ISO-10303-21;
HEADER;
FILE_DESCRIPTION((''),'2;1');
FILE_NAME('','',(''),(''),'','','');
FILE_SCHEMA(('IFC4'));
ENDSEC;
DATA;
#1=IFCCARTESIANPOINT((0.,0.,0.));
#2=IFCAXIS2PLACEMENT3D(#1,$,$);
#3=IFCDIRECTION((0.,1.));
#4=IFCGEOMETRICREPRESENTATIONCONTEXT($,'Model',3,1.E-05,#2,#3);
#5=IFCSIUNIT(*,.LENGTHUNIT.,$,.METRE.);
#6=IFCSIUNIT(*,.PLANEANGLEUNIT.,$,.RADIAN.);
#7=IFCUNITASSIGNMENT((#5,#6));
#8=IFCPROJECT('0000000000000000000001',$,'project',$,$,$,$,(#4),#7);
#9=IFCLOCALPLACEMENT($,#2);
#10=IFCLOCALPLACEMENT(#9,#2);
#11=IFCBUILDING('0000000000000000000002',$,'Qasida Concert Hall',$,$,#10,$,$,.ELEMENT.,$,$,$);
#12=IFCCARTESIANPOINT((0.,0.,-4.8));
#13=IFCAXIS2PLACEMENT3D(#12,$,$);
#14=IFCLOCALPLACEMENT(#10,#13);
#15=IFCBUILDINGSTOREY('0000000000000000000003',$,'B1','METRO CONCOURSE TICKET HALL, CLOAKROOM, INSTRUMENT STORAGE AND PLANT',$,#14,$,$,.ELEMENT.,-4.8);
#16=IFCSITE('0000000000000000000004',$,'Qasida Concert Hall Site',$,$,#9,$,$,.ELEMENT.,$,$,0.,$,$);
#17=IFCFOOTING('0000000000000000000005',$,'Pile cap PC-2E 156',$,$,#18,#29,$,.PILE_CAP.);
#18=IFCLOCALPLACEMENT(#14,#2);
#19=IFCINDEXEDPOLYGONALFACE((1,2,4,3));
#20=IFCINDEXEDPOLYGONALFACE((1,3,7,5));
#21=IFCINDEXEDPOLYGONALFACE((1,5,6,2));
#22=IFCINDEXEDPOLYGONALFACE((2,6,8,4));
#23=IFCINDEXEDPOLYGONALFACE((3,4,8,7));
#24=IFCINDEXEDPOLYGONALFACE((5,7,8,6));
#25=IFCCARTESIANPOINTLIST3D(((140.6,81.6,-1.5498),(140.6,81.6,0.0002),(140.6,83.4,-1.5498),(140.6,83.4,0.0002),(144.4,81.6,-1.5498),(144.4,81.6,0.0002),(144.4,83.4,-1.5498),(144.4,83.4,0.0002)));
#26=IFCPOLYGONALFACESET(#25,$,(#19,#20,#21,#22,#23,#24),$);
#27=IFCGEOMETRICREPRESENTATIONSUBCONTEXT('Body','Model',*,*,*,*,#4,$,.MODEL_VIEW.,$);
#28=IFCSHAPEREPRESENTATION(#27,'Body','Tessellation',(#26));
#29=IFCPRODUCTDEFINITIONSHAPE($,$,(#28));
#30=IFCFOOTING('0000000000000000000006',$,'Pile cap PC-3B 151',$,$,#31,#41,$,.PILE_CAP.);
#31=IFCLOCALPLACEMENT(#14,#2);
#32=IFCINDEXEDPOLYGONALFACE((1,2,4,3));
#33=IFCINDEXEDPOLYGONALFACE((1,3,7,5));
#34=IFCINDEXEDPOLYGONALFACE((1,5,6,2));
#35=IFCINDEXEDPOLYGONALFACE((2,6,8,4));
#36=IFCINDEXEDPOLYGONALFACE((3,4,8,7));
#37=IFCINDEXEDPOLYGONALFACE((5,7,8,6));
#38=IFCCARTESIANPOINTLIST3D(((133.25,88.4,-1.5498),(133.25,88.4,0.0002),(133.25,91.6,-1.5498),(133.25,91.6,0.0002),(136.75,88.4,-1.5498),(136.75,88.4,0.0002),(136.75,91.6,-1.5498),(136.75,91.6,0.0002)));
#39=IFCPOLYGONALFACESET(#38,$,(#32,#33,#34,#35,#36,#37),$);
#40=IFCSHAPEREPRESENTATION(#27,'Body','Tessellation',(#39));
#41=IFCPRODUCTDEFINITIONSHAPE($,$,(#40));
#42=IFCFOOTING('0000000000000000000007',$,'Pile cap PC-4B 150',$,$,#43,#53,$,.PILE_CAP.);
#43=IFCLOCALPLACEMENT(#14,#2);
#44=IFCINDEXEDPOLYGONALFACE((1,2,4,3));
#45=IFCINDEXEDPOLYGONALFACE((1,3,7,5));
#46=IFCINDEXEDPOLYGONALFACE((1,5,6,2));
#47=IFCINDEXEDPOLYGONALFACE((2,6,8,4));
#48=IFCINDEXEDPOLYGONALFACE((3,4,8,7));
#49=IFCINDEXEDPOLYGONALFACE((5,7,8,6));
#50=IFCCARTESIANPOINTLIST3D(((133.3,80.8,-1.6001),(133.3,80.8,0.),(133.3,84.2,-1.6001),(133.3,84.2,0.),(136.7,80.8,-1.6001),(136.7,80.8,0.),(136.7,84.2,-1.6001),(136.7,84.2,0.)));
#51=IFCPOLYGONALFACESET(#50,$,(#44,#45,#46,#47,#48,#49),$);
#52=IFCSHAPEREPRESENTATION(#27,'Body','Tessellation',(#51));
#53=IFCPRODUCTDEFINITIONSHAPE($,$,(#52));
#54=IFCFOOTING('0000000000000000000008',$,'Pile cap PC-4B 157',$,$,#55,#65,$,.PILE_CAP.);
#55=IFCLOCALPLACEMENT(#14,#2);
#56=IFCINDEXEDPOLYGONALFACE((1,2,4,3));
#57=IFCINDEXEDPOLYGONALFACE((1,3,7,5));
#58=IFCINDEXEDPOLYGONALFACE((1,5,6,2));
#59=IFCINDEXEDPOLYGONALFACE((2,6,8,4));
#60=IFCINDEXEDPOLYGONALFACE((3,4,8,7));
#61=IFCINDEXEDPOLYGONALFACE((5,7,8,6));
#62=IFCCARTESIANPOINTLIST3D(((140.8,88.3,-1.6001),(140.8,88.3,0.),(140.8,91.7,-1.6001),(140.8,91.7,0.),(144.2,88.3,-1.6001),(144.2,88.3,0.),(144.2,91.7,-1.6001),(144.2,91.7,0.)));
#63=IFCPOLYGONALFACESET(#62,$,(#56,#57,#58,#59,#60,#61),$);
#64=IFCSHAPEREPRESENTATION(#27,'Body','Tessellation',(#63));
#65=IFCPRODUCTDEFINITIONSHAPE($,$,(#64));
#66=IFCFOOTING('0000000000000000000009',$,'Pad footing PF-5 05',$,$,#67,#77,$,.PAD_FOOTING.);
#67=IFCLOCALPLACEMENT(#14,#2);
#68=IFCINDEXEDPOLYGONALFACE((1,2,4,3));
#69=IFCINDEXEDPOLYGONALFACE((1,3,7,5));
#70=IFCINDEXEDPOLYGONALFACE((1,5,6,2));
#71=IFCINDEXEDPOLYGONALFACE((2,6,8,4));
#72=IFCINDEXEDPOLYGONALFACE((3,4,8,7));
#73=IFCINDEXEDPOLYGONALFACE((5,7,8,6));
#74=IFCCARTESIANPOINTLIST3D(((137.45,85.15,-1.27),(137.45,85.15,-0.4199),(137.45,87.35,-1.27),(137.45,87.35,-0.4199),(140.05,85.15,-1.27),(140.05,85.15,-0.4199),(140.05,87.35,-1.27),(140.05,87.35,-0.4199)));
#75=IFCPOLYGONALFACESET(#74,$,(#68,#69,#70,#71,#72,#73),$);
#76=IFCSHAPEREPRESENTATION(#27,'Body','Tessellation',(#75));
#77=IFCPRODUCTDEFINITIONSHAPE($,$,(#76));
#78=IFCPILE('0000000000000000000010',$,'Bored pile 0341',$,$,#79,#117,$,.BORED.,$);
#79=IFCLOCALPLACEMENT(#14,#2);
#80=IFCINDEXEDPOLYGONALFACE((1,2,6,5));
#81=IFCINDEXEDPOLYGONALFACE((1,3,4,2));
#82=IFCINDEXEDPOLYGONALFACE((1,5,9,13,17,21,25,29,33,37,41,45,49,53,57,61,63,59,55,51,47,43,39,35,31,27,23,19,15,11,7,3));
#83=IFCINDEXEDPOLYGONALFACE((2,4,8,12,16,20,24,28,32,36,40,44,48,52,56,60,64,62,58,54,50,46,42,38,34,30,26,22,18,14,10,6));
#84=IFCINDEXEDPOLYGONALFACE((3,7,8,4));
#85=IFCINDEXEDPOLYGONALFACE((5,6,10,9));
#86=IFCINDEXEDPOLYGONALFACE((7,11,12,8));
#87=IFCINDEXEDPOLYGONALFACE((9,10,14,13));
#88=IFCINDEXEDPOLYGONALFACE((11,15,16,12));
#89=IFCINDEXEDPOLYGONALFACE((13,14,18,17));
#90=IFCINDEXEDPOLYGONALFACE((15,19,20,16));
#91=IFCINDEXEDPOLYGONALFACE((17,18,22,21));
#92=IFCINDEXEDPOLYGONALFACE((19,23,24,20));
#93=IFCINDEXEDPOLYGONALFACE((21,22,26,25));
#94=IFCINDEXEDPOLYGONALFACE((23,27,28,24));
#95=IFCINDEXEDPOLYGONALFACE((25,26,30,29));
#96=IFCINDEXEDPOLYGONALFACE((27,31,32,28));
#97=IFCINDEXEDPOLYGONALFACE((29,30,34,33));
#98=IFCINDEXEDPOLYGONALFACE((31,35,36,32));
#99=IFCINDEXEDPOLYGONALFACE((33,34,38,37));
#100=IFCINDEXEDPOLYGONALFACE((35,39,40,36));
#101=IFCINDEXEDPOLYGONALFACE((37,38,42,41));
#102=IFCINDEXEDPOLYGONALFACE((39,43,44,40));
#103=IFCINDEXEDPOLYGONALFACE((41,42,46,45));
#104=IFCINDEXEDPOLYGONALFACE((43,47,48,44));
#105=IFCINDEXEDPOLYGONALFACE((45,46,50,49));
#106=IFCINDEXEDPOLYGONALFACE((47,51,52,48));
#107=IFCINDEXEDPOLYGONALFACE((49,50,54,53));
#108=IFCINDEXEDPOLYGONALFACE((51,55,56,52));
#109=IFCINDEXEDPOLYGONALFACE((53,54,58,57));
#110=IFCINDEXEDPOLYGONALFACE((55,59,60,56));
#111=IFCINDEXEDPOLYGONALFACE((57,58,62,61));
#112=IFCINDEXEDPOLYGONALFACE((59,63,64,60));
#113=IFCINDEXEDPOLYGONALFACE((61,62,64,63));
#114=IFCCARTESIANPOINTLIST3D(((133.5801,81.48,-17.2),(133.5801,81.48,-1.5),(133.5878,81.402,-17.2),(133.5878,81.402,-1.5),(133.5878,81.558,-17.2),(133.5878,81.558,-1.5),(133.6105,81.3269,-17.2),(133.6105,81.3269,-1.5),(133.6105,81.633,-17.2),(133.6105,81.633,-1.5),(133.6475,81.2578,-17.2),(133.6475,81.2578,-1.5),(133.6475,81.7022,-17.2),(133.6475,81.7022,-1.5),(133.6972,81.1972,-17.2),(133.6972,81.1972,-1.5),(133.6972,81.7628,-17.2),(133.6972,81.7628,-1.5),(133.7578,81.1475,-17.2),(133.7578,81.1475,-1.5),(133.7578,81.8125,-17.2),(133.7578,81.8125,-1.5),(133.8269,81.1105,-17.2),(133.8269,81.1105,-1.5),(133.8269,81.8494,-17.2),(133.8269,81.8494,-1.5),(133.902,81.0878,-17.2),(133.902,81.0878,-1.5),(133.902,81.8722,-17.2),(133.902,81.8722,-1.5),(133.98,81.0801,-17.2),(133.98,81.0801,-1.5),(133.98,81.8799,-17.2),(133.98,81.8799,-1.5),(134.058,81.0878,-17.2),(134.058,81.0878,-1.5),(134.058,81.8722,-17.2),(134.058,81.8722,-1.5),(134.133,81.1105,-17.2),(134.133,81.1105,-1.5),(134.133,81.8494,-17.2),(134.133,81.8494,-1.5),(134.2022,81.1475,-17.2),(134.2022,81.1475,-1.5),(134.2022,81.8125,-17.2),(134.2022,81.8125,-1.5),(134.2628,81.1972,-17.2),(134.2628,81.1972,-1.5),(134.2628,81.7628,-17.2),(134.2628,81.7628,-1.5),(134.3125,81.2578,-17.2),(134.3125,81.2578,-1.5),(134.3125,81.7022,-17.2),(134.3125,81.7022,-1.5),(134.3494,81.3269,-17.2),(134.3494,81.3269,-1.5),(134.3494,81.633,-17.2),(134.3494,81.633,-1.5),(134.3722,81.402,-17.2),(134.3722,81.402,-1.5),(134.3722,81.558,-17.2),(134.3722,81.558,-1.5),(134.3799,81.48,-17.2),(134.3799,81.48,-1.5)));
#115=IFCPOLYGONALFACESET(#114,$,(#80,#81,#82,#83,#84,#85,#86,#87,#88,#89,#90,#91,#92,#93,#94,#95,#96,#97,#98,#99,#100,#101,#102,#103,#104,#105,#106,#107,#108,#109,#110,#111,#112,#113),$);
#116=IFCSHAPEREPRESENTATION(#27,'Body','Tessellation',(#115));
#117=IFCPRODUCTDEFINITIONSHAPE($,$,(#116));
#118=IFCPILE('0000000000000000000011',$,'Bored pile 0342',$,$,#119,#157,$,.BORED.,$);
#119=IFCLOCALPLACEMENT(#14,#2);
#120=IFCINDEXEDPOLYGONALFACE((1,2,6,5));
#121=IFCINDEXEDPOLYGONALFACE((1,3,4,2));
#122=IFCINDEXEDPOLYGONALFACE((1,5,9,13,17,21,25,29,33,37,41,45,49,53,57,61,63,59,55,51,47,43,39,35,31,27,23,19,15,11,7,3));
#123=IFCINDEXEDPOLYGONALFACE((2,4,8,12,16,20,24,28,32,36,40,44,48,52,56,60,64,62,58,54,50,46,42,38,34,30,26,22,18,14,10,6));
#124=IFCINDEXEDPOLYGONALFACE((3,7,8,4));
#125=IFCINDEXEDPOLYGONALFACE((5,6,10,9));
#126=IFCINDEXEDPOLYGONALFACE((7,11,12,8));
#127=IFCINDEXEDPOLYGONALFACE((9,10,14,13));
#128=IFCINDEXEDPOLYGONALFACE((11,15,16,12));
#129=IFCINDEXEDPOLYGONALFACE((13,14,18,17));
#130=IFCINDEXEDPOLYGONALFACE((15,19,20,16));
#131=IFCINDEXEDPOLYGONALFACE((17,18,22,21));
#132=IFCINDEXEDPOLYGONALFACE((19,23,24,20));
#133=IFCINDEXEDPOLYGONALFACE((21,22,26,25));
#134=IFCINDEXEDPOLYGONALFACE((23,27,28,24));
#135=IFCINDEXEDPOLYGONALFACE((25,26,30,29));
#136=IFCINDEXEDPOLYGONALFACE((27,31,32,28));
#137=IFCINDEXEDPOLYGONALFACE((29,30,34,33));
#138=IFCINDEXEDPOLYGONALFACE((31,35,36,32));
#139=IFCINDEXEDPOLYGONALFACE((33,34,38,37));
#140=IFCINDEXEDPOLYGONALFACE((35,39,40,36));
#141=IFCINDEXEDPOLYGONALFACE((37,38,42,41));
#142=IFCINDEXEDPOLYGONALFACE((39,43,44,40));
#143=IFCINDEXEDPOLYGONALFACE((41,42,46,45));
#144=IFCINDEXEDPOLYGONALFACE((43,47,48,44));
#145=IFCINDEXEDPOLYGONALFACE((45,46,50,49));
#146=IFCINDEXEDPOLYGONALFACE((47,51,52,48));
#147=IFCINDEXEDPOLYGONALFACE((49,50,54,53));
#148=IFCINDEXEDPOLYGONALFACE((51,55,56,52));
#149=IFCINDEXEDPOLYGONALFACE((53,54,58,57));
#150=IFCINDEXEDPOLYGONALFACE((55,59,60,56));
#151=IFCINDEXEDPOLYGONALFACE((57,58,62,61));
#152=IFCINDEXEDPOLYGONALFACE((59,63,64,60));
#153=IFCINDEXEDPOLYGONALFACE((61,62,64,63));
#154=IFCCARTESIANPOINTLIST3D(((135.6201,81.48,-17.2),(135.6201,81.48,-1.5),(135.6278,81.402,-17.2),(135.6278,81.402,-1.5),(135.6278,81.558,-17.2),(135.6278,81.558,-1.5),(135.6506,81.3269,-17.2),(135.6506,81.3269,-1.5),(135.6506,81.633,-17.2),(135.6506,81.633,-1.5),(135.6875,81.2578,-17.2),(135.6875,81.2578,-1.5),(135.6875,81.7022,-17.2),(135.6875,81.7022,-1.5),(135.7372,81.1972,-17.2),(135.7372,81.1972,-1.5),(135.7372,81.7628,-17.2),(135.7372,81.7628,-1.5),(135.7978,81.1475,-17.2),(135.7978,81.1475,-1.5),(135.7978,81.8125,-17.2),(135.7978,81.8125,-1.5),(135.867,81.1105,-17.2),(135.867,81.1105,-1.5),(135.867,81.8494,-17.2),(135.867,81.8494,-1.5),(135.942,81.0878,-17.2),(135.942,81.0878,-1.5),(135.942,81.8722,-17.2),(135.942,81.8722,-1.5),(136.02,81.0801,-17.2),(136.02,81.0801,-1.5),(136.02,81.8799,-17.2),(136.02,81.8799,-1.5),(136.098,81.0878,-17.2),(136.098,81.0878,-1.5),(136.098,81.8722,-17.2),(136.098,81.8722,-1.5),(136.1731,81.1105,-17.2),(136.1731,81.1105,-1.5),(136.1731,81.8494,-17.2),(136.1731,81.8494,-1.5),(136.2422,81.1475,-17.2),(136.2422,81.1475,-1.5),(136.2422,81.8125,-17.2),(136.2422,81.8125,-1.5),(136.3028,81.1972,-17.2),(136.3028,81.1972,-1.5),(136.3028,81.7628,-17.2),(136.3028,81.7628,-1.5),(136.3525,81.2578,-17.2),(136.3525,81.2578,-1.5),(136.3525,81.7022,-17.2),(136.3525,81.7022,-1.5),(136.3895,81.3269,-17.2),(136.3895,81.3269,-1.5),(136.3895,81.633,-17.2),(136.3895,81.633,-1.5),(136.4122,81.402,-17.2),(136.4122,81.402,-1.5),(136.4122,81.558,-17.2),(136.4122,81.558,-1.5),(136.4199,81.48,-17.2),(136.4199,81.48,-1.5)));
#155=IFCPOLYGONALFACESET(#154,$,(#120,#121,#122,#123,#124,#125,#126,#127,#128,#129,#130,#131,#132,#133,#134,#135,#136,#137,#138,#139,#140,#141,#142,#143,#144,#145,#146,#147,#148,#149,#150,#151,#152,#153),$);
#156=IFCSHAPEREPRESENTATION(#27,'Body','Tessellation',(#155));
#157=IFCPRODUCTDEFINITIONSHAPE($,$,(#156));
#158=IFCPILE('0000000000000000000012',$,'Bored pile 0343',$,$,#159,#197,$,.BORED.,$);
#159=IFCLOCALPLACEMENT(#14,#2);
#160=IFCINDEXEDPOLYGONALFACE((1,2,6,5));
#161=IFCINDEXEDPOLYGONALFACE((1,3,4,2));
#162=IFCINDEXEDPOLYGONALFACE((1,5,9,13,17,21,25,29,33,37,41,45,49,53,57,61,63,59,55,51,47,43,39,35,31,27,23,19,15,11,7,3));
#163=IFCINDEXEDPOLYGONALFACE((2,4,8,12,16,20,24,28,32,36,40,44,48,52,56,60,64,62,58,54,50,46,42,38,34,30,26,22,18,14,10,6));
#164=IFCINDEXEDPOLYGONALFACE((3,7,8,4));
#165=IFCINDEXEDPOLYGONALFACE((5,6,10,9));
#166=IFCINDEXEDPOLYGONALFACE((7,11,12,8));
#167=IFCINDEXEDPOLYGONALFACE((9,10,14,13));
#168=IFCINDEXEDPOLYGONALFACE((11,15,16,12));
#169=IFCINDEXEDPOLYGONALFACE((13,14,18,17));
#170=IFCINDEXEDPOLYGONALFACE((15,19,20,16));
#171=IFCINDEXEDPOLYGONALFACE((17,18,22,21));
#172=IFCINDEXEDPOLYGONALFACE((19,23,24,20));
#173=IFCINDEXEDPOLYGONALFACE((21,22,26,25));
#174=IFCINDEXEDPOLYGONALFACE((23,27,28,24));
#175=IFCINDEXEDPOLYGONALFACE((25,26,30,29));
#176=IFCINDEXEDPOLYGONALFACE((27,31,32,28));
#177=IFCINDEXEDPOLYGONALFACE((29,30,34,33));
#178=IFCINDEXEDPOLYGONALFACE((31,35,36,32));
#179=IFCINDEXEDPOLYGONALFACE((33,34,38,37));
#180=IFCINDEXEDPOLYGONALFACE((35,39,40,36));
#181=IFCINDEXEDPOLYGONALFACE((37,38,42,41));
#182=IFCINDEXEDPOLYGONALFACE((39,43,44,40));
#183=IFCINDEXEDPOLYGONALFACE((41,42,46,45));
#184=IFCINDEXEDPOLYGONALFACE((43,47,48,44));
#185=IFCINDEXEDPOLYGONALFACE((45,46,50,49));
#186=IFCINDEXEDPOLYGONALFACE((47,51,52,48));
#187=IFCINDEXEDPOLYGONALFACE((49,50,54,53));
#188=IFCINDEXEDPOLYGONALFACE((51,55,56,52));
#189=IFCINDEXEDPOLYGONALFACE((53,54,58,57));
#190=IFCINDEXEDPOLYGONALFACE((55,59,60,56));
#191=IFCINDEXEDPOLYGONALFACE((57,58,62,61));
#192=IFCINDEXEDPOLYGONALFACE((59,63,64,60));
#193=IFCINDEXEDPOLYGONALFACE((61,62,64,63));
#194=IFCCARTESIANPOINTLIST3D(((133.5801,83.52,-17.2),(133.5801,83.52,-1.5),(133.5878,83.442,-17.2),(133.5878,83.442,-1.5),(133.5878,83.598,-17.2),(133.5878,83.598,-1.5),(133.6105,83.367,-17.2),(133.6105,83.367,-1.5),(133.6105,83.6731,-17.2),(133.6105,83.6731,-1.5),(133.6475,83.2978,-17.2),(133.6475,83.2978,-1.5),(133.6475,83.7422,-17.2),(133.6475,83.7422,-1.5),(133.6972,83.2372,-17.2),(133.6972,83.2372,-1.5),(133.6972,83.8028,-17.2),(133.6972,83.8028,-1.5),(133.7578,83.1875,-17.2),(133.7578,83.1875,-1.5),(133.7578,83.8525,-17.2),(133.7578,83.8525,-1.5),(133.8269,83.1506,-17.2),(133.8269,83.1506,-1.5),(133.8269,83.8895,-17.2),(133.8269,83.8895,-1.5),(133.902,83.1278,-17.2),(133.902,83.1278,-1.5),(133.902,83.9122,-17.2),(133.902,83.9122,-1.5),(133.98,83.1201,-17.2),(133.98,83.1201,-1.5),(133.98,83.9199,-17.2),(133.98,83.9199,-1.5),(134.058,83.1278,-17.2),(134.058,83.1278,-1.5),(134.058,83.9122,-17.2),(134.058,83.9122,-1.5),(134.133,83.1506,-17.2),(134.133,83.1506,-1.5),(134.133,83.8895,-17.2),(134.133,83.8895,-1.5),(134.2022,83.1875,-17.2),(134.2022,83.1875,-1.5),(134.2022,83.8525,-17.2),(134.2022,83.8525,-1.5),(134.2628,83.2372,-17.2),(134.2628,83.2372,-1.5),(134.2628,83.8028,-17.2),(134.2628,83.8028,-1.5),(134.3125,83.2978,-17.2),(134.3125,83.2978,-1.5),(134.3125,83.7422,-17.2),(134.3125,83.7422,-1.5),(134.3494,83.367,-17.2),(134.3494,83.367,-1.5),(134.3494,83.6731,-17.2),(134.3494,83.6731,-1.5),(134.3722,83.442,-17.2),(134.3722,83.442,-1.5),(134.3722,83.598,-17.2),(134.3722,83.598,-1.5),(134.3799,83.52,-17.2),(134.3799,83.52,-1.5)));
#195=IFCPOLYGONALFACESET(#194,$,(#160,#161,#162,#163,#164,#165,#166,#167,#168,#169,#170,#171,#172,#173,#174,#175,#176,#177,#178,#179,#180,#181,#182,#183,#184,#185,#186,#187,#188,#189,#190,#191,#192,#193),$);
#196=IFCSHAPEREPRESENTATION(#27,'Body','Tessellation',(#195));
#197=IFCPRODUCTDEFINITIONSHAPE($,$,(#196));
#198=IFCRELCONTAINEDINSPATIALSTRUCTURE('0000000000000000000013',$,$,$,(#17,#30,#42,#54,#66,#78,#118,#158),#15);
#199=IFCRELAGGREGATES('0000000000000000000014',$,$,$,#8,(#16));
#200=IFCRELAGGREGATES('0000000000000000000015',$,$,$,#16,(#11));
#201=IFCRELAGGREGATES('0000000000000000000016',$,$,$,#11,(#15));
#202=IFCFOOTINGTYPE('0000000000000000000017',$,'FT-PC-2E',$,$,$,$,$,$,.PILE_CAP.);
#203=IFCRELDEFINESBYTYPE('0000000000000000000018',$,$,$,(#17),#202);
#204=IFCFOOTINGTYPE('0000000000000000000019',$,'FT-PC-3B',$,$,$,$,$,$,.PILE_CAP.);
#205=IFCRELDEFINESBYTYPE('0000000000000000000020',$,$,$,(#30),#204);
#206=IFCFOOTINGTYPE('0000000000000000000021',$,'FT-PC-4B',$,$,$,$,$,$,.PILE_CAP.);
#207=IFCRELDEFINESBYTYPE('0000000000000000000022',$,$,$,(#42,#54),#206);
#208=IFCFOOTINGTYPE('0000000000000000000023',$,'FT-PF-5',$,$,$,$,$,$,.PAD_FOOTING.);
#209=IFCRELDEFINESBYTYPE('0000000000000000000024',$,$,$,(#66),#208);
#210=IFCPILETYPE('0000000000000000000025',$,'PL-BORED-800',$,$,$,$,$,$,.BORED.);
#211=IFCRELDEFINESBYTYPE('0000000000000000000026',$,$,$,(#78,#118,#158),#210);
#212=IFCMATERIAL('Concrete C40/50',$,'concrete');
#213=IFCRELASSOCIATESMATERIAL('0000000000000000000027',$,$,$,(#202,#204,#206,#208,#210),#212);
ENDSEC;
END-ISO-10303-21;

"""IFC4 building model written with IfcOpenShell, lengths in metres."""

from ifc_helpers import new_model, si_unit, direction, frame, origin, origin_2d, place, context, subcontext, project, spatial, rectangle, circle, extrude, material, material_profile, profile_set, type_object, element, save


model = new_model("IFC4")

# Units and contexts
model_context = context("Model", 3, precision=1e-05, world=origin(), true_north=direction((0.0, 1.0)))
body_context = subcontext(model_context, "Body", "Model", "MODEL_VIEW")
ifc_project = project(units=[si_unit("LENGTHUNIT", "METRE"), si_unit("PLANEANGLEUNIT", "RADIAN")], contexts=[model_context])

# Site, building, storey
site_placement = place(None, origin())
site = spatial("IfcSite", under=ifc_project, at=site_placement, Name="Qasida Concert Hall Site", CompositionType="ELEMENT", RefElevation=0.0)
building_placement = place(site_placement, origin())
building = spatial("IfcBuilding", under=site, at=building_placement, Name="Qasida Concert Hall", CompositionType="ELEMENT")
storey_placement = place(building_placement, frame((0.0, 0.0, -4.8)))
storey = spatial("IfcBuildingStorey", under=building, at=storey_placement, Name="B1", Description="METRO CONCOURSE TICKET HALL, CLOAKROOM, INSTRUMENT STORAGE AND PLANT", CompositionType="ELEMENT", Elevation=-4.8)

# Footings
ifc_material_1 = material(Name="Concrete C40/50", Category="concrete")
footing_type_1 = type_object("IfcFootingType", Name="FT-PC-2E", PredefinedType="PILE_CAP", material=ifc_material_1)
footing_1_placement = place(storey_placement, frame((142.5, 82.5, -1.5498), z_axis=(0.0, 0.0, 1.0), x_axis=(1.0, 0.0, 0.0)))
element("IfcFooting", 1, at=footing_1_placement, inside=storey, type_object=footing_type_1, Name="Pile cap PC-2E 156", PredefinedType="PILE_CAP", context=body_context, shape_type="SweptSolid", body=[
    extrude(rectangle(XDim=3.8, YDim=1.8, at=origin_2d()), origin(), (0.0, 0.0, 1.0), 1.55),
])
footing_type_2 = type_object("IfcFootingType", Name="FT-PC-3B", PredefinedType="PILE_CAP", material=ifc_material_1)
footing_2_placement = place(storey_placement, frame((135.0, 90.0, -1.5498), z_axis=(0.0, 0.0, 1.0), x_axis=(1.0, 0.0, 0.0)))
element("IfcFooting", 2, at=footing_2_placement, inside=storey, type_object=footing_type_2, Name="Pile cap PC-3B 151", PredefinedType="PILE_CAP", context=body_context, shape_type="SweptSolid", body=[
    extrude(rectangle(XDim=3.5, YDim=3.2, at=origin_2d()), origin(), (0.0, 0.0, 1.0), 1.55),
])
footing_type_3 = type_object("IfcFootingType", Name="FT-PC-4B", PredefinedType="PILE_CAP", material=ifc_material_1)
for number, where, z_axis, x_axis, name in (
    (3, (135.0, 82.5, -1.6001), (0.0, 0.0, 1.0), (1.0, 0.0, 0.0), "Pile cap PC-4B 150"),
    (4, (142.5, 90.0, -1.6001), (0.0, 0.0, 1.0), (1.0, 0.0, 0.0), "Pile cap PC-4B 157"),
):
    element("IfcFooting", number, at=place(storey_placement, frame(where, z_axis=z_axis, x_axis=x_axis)), inside=storey, type_object=footing_type_3, Name=name, PredefinedType="PILE_CAP", context=body_context, shape_type="SweptSolid", body=[
        extrude(rectangle(XDim=3.3999, YDim=3.3999, at=origin_2d()), origin(), (0.0, 0.0, 1.0), 1.6001),
    ])
footing_type_4 = type_object("IfcFootingType", Name="FT-PF-5", PredefinedType="PAD_FOOTING", material=ifc_material_1)
footing_3_placement = place(storey_placement, frame((138.75, 86.25, -1.27), z_axis=(0.0, 0.0, 1.0), x_axis=(1.0, 0.0, 0.0)))
element("IfcFooting", 5, at=footing_3_placement, inside=storey, type_object=footing_type_4, Name="Pad footing PF-5 05", PredefinedType="PAD_FOOTING", context=body_context, shape_type="SweptSolid", body=[
    extrude(rectangle(XDim=2.6001, YDim=2.2, at=origin_2d()), origin(), (0.0, 0.0, 1.0), 0.8501),
])

# Piles
ifc_material_profile_1 = material_profile(ifc_material_1, circle(Radius=0.3999, at=origin_2d()), Name="BORED PILE D800")
ifc_profile_set_1 = profile_set([ifc_material_profile_1], Name="Concrete C40/50")
pile_type = type_object("IfcPileType", Name="PL-BORED-800", PredefinedType="BORED", material=ifc_profile_set_1)
for number, where, z_axis, x_axis, name in (
    (6, (133.98, 81.48, -1.5), (0.0, 0.0, -1.0), (1.0, 0.0, 0.0), "Bored pile 0341"),
    (7, (136.02, 81.48, -1.5), (0.0, 0.0, -1.0), (1.0, 0.0, 0.0), "Bored pile 0342"),
    (8, (133.98, 83.52, -1.5), (0.0, 0.0, -1.0), (1.0, 0.0, 0.0), "Bored pile 0343"),
):
    element("IfcPile", number, at=place(storey_placement, frame(where, z_axis=z_axis, x_axis=x_axis)), inside=storey, type_object=pile_type, Name=name, PredefinedType="BORED", context=body_context, shape_type="SweptSolid", body=[
        extrude(circle(Radius=0.3999, at=origin_2d()), origin(), (0.0, 0.0, 1.0), 15.7),
    ])

save(model, "model.ifc")
